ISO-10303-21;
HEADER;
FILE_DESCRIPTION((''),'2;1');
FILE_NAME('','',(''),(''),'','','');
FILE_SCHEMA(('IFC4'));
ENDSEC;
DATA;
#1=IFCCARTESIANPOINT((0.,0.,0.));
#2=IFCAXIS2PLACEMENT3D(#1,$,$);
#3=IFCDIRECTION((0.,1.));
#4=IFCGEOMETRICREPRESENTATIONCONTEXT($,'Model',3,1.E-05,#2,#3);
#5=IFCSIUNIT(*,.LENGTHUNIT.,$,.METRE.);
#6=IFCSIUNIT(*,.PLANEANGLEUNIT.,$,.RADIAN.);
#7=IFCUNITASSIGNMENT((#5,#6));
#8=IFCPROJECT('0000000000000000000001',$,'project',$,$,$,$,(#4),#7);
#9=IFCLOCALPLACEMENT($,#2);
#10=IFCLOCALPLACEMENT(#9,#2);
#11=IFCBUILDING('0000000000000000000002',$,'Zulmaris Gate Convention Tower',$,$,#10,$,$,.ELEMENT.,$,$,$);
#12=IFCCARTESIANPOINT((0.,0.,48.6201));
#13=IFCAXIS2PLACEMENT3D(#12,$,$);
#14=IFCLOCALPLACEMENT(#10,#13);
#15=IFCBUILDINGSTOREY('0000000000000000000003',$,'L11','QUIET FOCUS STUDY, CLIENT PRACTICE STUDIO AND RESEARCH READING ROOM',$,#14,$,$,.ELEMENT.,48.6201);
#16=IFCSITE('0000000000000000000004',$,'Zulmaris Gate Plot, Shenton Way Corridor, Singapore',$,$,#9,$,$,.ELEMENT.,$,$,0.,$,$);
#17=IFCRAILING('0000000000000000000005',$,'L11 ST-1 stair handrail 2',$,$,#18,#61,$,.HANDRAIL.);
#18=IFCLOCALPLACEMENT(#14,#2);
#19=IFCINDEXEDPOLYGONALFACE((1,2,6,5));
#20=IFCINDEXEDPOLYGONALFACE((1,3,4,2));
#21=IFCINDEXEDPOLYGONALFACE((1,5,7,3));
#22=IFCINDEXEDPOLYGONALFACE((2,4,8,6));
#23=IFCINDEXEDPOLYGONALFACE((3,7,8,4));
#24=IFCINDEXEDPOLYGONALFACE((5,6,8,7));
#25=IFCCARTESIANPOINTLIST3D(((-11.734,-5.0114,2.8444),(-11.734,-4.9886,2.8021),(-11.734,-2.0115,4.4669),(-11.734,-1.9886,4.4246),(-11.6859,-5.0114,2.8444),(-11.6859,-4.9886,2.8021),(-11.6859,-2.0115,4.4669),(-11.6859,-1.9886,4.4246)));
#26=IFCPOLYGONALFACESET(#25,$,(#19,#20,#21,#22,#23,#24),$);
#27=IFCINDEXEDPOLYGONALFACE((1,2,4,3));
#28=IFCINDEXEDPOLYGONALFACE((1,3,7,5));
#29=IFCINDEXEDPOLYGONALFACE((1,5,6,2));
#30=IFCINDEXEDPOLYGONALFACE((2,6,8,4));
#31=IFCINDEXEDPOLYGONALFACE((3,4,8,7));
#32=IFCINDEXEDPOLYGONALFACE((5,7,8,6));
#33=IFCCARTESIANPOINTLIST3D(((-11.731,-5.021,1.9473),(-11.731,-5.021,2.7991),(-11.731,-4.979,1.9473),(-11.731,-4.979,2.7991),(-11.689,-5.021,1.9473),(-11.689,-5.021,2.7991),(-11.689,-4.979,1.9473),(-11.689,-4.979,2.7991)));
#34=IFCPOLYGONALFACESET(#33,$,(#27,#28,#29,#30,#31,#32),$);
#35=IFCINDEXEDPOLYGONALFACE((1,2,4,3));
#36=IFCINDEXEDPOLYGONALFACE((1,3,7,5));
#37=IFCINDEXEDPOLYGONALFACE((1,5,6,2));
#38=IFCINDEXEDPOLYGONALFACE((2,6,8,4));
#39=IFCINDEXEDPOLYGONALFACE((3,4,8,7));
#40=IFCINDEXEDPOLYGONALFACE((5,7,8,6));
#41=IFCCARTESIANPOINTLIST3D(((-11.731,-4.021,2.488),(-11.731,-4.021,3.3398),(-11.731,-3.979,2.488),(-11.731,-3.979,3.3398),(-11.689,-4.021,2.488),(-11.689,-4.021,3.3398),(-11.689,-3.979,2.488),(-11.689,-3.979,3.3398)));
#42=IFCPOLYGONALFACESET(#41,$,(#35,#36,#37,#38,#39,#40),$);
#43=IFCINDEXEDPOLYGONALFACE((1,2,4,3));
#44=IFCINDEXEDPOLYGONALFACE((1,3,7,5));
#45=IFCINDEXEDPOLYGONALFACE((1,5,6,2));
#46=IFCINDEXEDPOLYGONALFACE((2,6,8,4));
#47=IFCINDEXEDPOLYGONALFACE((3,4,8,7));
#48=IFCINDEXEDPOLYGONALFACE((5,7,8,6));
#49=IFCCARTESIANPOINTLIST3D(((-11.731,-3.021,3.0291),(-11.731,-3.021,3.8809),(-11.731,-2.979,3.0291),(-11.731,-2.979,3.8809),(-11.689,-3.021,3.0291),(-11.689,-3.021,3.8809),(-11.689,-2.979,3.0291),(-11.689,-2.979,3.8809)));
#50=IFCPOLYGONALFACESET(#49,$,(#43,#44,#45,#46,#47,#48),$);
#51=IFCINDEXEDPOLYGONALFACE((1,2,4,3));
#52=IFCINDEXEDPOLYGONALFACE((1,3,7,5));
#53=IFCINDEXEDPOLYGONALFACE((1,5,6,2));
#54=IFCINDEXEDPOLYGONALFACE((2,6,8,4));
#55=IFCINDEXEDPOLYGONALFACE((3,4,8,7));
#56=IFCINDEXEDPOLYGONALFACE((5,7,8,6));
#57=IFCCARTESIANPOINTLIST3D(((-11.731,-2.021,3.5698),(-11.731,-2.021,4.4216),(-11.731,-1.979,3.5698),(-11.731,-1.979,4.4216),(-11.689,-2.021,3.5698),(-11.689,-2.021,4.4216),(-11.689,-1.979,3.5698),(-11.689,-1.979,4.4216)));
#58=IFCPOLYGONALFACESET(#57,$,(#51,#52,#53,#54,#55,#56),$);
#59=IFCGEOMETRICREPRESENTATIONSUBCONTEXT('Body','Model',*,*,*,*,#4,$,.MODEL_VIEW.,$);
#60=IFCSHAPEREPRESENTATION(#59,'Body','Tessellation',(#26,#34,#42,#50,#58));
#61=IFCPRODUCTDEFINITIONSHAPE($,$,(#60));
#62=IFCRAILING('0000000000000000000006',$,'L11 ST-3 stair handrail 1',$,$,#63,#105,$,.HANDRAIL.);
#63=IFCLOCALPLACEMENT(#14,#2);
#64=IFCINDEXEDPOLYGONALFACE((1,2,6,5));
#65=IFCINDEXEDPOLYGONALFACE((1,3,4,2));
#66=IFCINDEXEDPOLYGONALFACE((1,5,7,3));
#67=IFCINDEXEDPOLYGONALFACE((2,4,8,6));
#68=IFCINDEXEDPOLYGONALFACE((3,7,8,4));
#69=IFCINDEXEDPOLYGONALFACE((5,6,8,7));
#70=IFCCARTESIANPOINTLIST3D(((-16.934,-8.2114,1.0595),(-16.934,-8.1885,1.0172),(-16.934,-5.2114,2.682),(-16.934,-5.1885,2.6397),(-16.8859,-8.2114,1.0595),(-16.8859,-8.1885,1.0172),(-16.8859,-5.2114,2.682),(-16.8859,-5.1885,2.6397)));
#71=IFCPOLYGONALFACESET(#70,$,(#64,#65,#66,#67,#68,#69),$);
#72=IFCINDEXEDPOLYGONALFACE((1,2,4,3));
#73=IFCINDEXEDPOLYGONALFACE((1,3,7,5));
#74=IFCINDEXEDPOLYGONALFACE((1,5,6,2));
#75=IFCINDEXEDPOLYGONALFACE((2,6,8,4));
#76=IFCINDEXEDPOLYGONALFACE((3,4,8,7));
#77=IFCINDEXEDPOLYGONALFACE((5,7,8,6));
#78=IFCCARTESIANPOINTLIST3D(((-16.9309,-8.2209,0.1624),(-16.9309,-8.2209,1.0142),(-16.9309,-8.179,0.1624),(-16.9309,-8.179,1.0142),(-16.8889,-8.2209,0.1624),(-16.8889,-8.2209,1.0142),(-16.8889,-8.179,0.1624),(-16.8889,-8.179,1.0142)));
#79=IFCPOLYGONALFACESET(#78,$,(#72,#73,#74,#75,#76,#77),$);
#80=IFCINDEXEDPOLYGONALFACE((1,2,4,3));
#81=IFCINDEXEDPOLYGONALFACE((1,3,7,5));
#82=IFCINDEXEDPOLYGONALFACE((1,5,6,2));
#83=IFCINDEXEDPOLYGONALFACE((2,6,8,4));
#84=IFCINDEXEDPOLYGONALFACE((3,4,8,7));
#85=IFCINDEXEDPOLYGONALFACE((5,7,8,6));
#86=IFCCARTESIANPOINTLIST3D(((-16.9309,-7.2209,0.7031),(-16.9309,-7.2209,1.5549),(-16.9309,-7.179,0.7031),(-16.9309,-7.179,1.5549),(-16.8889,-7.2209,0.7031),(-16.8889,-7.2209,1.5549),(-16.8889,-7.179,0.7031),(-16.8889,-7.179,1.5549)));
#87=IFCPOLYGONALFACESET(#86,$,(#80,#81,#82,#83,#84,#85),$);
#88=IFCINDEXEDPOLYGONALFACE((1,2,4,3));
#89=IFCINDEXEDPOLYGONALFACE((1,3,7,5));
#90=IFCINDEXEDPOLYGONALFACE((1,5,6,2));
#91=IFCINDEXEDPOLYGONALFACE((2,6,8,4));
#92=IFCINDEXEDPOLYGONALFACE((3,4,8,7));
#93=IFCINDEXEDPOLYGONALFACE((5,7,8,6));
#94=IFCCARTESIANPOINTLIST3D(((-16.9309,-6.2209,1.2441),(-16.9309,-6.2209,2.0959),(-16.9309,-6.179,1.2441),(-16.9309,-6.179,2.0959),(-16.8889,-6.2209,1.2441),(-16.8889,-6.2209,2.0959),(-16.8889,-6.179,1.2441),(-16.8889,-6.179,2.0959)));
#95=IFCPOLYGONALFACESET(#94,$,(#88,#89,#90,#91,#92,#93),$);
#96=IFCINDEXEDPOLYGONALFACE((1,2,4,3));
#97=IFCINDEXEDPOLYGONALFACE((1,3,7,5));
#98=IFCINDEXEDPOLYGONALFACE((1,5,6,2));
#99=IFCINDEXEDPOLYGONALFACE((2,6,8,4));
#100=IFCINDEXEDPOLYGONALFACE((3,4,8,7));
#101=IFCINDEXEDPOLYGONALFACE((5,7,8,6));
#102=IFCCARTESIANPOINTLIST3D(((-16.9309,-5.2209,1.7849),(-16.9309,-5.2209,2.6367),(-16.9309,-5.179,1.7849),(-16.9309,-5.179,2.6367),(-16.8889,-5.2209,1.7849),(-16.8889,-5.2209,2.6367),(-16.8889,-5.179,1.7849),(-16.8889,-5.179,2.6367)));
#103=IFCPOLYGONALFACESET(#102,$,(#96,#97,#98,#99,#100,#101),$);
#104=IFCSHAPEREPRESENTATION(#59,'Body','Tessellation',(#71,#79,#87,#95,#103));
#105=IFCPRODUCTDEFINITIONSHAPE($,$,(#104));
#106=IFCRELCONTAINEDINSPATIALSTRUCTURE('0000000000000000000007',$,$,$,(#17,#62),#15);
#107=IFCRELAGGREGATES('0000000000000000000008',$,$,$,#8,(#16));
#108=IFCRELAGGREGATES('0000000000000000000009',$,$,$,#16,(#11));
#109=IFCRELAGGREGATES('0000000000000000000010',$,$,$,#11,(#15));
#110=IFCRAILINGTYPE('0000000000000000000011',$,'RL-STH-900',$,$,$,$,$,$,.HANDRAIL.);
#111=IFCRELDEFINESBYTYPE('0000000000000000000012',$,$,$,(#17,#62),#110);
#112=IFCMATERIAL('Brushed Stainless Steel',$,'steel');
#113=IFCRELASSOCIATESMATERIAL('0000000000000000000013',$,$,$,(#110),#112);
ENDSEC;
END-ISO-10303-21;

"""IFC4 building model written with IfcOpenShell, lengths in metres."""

from ifc_helpers import new_model, si_unit, direction, frame, origin, origin_2d, place, context, subcontext, project, spatial, rectangle, extrude, material, type_object, element, save


model = new_model("IFC4")

# Units and contexts
model_context = context("Model", 3, precision=1e-05, world=origin(), true_north=direction((0.0, 1.0)))
body_context = subcontext(model_context, "Body", "Model", "MODEL_VIEW")
ifc_project = project(units=[si_unit("LENGTHUNIT", "METRE"), si_unit("PLANEANGLEUNIT", "RADIAN")], contexts=[model_context])

# Site, building, storey
site_placement = place(None, origin())
site = spatial("IfcSite", under=ifc_project, at=site_placement, Name="Zulmaris Gate Plot, Shenton Way Corridor, Singapore", CompositionType="ELEMENT", RefElevation=0.0)
building_placement = place(site_placement, origin())
building = spatial("IfcBuilding", under=site, at=building_placement, Name="Zulmaris Gate Convention Tower", CompositionType="ELEMENT")
storey_placement = place(building_placement, frame((0.0, 0.0, 48.6201)))
storey = spatial("IfcBuildingStorey", under=building, at=storey_placement, Name="L11", Description="QUIET FOCUS STUDY, CLIENT PRACTICE STUDIO AND RESEARCH READING ROOM", CompositionType="ELEMENT", Elevation=48.6201)

# Shared definitions
ifc_material_1 = material(Name="Brushed Stainless Steel", Category="steel")

# Railings
railing_type_1 = type_object("IfcRailingType", Name="RL-STH-900", PredefinedType="HANDRAIL", material=ifc_material_1)
for number, where, name in (
    (1, (-11.71, -5.0, 1.9473), "L11 ST-1 stair handrail 2"),
    (2, (-16.9099, -8.2, 0.1624), "L11 ST-3 stair handrail 1"),
):
    element("IfcRailing", number, at=place(storey_placement, frame(where)), inside=storey, type_object=railing_type_1, Name=name, PredefinedType="HANDRAIL", context=body_context, shape_type="SweptSolid", body=[
        extrude(rectangle(XDim=0.0481, YDim=0.0481, at=origin_2d()), frame((0.0, 0.0, 0.876), z_axis=(0.0, 0.879592, 0.47573), x_axis=(-1.0, 0.0, 0.0)), (0.0, 0.0, 1.0), 3.4106),
        extrude(rectangle(XDim=0.042, YDim=0.042, at=origin_2d()), origin(), (0.0, 0.0, 1.0), 0.8518),
        extrude(rectangle(XDim=0.042, YDim=0.042, at=origin_2d()), frame((0.0, 1.0, 0.5408)), (0.0, 0.0, 1.0), 0.8518),
        extrude(rectangle(XDim=0.042, YDim=0.042, at=origin_2d()), frame((0.0, 2.0, 1.0818)), (0.0, 0.0, 1.0), 0.8518),
        extrude(rectangle(XDim=0.042, YDim=0.042, at=origin_2d()), frame((0.0, 3.0, 1.6226)), (0.0, 0.0, 1.0), 0.8518),
    ])

save(model, "model.ifc")
